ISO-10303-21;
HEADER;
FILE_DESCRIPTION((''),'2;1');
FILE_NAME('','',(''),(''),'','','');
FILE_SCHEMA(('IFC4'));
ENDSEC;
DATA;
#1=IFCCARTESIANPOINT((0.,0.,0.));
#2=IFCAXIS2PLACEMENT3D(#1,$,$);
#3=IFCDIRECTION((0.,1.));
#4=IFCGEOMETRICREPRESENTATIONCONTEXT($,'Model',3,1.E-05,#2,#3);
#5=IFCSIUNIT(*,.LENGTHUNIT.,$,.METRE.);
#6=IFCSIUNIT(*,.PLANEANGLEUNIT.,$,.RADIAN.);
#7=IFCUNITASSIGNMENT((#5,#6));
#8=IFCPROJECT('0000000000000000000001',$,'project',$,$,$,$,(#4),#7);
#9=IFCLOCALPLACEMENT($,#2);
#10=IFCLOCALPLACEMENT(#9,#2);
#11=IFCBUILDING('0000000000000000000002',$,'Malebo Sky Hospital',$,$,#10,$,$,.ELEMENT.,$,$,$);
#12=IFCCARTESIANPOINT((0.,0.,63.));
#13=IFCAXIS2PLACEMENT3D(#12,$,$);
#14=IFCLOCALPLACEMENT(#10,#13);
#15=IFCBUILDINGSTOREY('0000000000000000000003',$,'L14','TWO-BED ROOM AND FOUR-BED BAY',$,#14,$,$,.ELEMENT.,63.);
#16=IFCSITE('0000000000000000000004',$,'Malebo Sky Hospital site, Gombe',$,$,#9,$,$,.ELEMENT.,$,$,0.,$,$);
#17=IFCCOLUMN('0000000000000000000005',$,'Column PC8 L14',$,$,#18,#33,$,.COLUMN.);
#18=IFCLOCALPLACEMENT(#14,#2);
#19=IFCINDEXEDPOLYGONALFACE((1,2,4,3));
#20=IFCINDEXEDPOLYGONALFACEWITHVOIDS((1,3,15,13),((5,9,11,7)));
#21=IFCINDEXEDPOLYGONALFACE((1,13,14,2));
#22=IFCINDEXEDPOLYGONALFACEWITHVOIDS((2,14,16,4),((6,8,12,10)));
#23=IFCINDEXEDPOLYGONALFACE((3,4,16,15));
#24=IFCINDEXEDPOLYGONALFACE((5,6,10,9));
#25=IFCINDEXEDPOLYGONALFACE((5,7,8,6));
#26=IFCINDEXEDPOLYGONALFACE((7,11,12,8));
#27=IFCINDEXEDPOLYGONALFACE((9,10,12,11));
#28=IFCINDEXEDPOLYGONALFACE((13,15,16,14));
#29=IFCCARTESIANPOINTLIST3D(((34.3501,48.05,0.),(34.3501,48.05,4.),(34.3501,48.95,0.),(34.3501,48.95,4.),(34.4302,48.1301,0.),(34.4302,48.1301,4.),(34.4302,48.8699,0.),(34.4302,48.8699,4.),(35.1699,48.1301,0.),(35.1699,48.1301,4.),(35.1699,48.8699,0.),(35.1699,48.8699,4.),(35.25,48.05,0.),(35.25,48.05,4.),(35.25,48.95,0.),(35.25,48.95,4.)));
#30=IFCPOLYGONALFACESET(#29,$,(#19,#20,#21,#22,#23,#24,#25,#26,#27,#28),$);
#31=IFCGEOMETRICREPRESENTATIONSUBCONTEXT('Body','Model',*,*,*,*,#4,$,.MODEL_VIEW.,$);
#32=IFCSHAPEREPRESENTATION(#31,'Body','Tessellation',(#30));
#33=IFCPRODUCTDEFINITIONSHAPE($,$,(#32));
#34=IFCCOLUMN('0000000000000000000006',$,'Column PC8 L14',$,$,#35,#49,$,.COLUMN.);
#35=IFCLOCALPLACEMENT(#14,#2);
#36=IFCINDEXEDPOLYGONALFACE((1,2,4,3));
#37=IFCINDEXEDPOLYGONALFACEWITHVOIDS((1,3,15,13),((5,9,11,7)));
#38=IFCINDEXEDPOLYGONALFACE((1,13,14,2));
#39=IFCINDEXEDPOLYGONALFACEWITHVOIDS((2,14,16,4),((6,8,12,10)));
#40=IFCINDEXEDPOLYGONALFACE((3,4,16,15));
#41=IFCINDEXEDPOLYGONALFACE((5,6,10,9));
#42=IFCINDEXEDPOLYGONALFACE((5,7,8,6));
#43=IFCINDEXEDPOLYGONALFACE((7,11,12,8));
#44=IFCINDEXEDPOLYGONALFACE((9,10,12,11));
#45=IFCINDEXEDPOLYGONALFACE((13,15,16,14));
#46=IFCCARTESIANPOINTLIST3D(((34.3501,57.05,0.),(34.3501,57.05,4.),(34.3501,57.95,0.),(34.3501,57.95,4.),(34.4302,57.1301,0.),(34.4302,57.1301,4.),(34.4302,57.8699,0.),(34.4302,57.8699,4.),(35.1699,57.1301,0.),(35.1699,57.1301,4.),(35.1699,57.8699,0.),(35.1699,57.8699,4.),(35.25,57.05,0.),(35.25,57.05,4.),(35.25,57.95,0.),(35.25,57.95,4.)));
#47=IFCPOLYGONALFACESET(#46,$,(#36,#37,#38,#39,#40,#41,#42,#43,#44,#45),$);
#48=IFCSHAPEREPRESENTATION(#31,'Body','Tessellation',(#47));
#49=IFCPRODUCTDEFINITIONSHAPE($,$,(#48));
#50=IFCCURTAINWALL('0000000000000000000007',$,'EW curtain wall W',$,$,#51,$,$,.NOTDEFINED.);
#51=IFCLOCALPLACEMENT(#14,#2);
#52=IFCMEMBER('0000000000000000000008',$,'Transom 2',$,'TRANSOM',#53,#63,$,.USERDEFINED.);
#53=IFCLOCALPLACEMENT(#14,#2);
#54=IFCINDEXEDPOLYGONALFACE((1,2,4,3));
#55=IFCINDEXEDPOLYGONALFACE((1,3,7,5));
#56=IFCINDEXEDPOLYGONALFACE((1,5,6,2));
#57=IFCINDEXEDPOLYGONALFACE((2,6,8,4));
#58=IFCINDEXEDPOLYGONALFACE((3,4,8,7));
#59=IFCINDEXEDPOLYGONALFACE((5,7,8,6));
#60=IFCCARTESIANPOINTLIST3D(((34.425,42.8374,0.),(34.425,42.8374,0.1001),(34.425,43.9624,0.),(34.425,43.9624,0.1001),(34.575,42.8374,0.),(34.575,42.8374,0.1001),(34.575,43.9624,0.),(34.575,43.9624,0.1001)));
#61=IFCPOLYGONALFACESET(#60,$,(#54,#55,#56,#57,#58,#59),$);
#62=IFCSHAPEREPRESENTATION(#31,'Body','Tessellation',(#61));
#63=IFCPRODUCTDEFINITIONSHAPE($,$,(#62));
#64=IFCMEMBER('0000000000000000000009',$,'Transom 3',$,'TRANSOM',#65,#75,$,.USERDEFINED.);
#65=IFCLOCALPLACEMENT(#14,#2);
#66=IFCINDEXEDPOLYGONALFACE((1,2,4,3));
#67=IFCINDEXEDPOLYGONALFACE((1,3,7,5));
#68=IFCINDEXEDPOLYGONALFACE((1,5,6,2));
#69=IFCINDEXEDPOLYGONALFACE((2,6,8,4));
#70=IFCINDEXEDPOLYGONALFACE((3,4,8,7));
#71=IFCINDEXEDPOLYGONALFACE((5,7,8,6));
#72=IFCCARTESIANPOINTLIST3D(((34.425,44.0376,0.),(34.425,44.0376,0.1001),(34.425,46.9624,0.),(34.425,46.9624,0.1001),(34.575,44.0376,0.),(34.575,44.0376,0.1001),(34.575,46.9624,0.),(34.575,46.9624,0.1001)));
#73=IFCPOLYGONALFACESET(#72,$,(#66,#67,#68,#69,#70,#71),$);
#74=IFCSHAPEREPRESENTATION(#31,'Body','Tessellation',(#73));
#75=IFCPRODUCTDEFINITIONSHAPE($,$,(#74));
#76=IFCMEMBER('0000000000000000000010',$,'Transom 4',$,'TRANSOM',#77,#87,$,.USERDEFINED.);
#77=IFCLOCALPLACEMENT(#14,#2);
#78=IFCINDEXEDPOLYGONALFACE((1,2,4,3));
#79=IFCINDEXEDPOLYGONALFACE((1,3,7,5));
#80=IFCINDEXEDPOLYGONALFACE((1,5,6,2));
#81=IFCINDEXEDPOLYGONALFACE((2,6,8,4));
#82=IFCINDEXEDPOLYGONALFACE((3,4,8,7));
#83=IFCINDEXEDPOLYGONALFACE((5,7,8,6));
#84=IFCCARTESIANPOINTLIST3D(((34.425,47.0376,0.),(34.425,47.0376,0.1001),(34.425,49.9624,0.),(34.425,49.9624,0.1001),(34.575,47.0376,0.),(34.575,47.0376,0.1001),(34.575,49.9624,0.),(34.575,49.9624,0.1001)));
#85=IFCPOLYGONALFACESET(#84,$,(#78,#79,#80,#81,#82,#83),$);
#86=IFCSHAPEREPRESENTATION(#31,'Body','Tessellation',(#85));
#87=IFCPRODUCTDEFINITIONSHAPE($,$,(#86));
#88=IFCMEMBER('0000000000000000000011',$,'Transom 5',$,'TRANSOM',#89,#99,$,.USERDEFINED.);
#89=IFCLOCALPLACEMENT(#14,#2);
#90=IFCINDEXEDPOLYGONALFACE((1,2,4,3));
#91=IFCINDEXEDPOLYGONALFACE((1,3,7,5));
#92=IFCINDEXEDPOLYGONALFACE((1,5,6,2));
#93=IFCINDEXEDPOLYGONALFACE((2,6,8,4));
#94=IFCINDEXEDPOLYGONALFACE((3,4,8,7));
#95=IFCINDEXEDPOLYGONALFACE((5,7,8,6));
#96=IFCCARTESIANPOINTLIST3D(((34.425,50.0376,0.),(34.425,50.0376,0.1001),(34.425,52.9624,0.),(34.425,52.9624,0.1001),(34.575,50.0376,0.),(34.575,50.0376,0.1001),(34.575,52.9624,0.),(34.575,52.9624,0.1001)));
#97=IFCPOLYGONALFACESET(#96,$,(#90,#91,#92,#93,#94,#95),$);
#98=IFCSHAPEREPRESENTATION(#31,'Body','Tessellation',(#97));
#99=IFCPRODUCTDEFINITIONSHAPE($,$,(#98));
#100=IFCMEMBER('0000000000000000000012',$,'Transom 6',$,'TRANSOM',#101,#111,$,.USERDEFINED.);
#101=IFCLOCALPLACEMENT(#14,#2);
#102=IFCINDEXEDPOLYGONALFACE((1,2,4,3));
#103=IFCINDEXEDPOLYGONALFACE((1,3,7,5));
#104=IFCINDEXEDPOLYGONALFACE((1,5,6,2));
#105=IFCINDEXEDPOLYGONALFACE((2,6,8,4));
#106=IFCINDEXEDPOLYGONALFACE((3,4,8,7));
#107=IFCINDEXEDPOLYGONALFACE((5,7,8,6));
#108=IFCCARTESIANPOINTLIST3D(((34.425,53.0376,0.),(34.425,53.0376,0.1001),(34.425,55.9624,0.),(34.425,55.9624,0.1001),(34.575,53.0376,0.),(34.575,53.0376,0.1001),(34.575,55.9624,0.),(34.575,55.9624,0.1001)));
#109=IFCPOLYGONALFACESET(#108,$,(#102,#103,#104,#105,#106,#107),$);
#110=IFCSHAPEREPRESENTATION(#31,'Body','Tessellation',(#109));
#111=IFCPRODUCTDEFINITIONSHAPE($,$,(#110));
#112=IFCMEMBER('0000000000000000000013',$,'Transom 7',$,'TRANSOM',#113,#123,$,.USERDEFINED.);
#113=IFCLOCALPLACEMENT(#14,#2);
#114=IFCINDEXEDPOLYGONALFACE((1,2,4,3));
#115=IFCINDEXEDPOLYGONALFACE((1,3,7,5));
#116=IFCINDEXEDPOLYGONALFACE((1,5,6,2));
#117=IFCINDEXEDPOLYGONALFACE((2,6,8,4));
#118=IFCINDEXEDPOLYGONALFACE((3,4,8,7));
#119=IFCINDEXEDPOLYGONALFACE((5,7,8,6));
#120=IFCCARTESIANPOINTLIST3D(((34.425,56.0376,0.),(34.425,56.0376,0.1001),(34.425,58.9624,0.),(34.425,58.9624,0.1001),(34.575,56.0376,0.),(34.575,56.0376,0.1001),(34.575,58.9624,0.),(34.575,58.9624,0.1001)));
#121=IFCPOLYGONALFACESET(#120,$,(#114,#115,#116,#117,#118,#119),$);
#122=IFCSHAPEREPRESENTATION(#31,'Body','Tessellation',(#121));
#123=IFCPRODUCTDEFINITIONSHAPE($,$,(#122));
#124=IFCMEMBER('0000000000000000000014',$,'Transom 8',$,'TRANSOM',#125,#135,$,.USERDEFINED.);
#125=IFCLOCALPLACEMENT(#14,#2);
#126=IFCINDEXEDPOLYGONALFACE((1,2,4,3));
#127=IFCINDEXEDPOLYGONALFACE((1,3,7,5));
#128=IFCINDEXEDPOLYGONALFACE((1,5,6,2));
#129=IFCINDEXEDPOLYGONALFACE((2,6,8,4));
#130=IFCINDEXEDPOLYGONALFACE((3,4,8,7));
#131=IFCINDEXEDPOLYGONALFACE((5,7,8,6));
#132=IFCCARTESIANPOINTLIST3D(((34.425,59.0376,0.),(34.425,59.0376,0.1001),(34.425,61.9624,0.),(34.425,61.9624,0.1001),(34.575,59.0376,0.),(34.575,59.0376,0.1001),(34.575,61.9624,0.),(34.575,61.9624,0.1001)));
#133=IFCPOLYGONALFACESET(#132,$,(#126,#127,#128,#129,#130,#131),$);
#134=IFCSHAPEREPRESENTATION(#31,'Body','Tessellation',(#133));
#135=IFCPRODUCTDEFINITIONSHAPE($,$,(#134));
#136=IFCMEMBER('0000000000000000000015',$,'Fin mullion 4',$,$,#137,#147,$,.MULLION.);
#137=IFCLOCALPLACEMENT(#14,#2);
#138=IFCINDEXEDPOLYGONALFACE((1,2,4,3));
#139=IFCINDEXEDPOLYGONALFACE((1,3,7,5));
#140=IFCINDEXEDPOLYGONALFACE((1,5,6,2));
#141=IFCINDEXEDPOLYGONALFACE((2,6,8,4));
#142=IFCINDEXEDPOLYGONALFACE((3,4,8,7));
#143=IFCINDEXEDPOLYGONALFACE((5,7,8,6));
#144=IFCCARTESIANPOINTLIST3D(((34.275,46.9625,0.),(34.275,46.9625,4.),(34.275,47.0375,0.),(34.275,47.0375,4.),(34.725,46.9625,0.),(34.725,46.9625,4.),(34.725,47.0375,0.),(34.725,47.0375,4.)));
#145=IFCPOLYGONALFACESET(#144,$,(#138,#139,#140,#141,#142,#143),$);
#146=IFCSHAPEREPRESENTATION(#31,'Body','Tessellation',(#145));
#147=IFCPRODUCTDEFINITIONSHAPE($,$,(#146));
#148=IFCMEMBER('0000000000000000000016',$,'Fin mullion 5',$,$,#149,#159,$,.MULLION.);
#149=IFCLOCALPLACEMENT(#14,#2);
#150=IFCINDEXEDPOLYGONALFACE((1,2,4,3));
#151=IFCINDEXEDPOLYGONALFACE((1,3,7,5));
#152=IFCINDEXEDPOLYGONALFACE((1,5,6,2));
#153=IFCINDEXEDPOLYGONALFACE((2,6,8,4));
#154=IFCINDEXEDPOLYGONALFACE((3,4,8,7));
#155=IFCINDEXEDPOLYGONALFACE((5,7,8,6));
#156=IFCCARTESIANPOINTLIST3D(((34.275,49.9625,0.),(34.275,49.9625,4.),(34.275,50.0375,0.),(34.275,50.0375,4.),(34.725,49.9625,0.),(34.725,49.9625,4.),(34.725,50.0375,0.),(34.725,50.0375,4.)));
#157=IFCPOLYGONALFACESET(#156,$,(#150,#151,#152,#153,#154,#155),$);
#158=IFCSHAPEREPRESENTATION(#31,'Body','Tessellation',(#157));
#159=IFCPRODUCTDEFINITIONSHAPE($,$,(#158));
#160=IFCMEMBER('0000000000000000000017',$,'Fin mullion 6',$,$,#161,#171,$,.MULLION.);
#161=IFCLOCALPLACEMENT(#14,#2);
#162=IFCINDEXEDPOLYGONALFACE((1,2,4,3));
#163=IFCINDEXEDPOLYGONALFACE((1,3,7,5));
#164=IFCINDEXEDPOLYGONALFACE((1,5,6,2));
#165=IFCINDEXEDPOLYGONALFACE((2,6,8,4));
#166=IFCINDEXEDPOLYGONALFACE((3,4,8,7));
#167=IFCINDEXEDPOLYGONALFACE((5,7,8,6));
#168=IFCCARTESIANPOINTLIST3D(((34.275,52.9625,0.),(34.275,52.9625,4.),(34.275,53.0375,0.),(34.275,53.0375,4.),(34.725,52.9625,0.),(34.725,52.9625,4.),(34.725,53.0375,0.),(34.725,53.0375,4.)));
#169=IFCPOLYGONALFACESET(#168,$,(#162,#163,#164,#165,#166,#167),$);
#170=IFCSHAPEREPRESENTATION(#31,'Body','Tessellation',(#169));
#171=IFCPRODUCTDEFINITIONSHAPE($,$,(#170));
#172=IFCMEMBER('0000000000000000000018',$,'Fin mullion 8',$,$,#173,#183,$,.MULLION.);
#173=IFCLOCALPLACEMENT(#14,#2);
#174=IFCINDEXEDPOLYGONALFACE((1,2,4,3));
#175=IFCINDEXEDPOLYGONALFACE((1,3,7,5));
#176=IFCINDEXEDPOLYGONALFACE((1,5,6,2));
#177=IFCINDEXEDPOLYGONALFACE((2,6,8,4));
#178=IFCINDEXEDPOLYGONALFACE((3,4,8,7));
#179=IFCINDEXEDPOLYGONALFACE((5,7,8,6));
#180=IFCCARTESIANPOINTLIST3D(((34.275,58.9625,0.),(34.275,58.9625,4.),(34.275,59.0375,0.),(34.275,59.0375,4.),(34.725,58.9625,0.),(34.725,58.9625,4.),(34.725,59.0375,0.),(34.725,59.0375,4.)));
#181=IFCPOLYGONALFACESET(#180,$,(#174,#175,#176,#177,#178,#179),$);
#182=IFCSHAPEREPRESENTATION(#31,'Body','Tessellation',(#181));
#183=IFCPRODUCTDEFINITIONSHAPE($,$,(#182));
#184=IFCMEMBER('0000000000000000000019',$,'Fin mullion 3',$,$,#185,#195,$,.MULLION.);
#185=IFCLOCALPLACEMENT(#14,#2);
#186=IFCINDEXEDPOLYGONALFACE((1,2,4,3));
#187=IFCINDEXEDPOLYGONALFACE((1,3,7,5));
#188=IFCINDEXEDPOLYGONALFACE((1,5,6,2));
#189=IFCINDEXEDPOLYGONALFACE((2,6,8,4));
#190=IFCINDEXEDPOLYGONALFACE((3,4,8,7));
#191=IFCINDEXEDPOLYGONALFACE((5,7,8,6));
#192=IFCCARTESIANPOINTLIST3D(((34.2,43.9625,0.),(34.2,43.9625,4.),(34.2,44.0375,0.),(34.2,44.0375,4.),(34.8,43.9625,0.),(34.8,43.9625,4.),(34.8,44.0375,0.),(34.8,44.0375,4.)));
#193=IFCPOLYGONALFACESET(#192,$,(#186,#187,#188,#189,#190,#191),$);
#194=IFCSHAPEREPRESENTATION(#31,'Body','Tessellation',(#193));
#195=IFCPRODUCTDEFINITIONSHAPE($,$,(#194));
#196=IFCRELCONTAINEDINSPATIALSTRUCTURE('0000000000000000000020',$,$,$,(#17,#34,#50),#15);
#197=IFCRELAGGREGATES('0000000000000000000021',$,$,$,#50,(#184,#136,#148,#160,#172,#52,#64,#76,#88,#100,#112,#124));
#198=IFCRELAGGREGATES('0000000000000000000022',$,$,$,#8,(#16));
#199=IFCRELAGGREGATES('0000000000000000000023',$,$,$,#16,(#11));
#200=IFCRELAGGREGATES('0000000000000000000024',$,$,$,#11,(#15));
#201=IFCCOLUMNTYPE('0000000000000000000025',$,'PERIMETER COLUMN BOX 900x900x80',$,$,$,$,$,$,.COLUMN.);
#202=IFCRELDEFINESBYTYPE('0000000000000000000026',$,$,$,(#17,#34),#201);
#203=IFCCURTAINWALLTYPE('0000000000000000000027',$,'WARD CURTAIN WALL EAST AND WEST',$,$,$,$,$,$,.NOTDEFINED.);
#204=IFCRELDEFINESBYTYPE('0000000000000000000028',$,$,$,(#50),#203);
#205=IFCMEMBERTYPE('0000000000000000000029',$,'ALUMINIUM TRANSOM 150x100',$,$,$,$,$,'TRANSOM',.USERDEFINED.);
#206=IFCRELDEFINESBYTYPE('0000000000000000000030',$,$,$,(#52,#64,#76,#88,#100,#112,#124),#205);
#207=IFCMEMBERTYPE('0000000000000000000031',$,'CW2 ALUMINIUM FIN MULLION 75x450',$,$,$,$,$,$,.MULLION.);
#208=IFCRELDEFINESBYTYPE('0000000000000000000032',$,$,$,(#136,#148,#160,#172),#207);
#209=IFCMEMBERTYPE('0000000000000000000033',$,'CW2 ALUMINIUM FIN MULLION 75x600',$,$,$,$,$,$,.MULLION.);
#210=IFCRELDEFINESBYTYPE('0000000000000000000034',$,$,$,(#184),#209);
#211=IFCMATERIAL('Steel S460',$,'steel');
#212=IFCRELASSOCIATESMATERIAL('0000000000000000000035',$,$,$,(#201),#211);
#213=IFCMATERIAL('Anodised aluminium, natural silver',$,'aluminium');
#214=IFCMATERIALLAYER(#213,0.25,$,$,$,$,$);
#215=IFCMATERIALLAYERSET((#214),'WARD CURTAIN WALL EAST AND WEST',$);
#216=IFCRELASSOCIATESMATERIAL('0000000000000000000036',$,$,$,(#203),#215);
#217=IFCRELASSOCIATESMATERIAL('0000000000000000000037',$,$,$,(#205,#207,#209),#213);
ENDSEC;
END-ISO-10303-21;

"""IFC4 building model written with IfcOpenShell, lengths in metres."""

from ifc_helpers import new_model, si_unit, direction, frame, origin, origin_2d, place, context, subcontext, project, spatial, rectangle, hollow_rectangle, extrude, material, layer, layer_set, material_profile, profile_set, type_object, element, aggregate, save


model = new_model("IFC4")

# Units and contexts
model_context = context("Model", 3, precision=1e-05, world=origin(), true_north=direction((0.0, 1.0)))
body_context = subcontext(model_context, "Body", "Model", "MODEL_VIEW")
ifc_project = project(units=[si_unit("LENGTHUNIT", "METRE"), si_unit("PLANEANGLEUNIT", "RADIAN")], contexts=[model_context])

# Site, building, storey
site_placement = place(None, origin())
site = spatial("IfcSite", under=ifc_project, at=site_placement, Name="Malebo Sky Hospital site, Gombe", CompositionType="ELEMENT", RefElevation=0.0)
building_placement = place(site_placement, origin())
building = spatial("IfcBuilding", under=site, at=building_placement, Name="Malebo Sky Hospital", CompositionType="ELEMENT")
storey_placement = place(building_placement, frame((0.0, 0.0, 63.0)))
storey = spatial("IfcBuildingStorey", under=building, at=storey_placement, Name="L14", Description="TWO-BED ROOM AND FOUR-BED BAY", CompositionType="ELEMENT", Elevation=63.0)

# Columns
ifc_material_1 = material(Name="Steel S460", Category="steel")
ifc_material_profile_1 = material_profile(ifc_material_1, hollow_rectangle(XDim=0.8999, YDim=0.8999, WallThickness=0.0801, at=origin_2d()), Name="BOX 900x900x80")
ifc_profile_set_1 = profile_set([ifc_material_profile_1], Name="Steel S460")
column_type = type_object("IfcColumnType", Name="PERIMETER COLUMN BOX 900x900x80", PredefinedType="COLUMN", material=ifc_profile_set_1)
for number, where, z_axis, x_axis, name in (
    (1, (34.8, 48.5, 0.0), (0.0, 0.0, 1.0), (1.0, 0.0, 0.0), "Column PC8 L14"),
    (2, (34.8, 57.5, 0.0), (0.0, 0.0, 1.0), (1.0, 0.0, 0.0), "Column PC8 L14"),
):
    element("IfcColumn", number, at=place(storey_placement, frame(where, z_axis=z_axis, x_axis=x_axis)), inside=storey, type_object=column_type, Name=name, PredefinedType="COLUMN", context=body_context, shape_type="SweptSolid", body=[
        extrude(hollow_rectangle(XDim=0.8999, YDim=0.8999, WallThickness=0.0801, at=origin_2d()), origin(), (0.0, 0.0, 1.0), 4.0),
    ])

# Curtain wall, members
ifc_material_2 = material(Name="Anodised aluminium, natural silver", Category="aluminium")
ifc_layer_1 = layer(ifc_material_2, 0.25)
ifc_layer_set_1 = layer_set([ifc_layer_1], Name="WARD CURTAIN WALL EAST AND WEST")
curtain_wall_type = type_object("IfcCurtainWallType", Name="WARD CURTAIN WALL EAST AND WEST", PredefinedType="NOTDEFINED", material=ifc_layer_set_1)
curtain_wall_placement = place(storey_placement, origin())
curtain_wall = element("IfcCurtainWall", 3, at=curtain_wall_placement, inside=storey, type_object=curtain_wall_type, Name="EW curtain wall W", PredefinedType="NOTDEFINED")
ifc_material_profile_2 = material_profile(ifc_material_2, rectangle(XDim=0.1499, YDim=0.1001, at=origin_2d()), Name="ALUMINIUM TRANSOM 150x100")
ifc_profile_set_2 = profile_set([ifc_material_profile_2], Name="Anodised aluminium, natural silver")
member_type_1 = type_object("IfcMemberType", Name="ALUMINIUM TRANSOM 150x100", ElementType="TRANSOM", PredefinedType="USERDEFINED", material=ifc_profile_set_2)
member_1_placement = place(storey_placement, frame((34.5, 42.8374, 0.05), z_axis=(0.0, 1.0, 0.0), x_axis=(-1.0, 0.0, 0.0)))
member_1 = element("IfcMember", 4, at=member_1_placement, type_object=member_type_1, Name="Transom 2", ObjectType="TRANSOM", PredefinedType="USERDEFINED", context=body_context, shape_type="SweptSolid", body=[
    extrude(rectangle(XDim=0.1499, YDim=0.1001, at=origin_2d()), origin(), (0.0, 0.0, 1.0), 1.125),
])
member_2_placement = place(storey_placement, frame((34.5, 44.0376, 0.05), z_axis=(0.0, 1.0, 0.0), x_axis=(-1.0, 0.0, 0.0)))
member_2 = element("IfcMember", 5, at=member_2_placement, type_object=member_type_1, Name="Transom 3", ObjectType="TRANSOM", PredefinedType="USERDEFINED", context=body_context, shape_type="SweptSolid", body=[
    extrude(rectangle(XDim=0.1499, YDim=0.1001, at=origin_2d()), origin(), (0.0, 0.0, 1.0), 2.9248),
])
member_3_placement = place(storey_placement, frame((34.5, 47.0376, 0.05), z_axis=(0.0, 1.0, 0.0), x_axis=(-1.0, 0.0, 0.0)))
member_3 = element("IfcMember", 6, at=member_3_placement, type_object=member_type_1, Name="Transom 4", ObjectType="TRANSOM", PredefinedType="USERDEFINED", context=body_context, shape_type="SweptSolid", body=[
    extrude(rectangle(XDim=0.1499, YDim=0.1001, at=origin_2d()), origin(), (0.0, 0.0, 1.0), 2.9248),
])
member_4_placement = place(storey_placement, frame((34.5, 50.0376, 0.05), z_axis=(0.0, 1.0, 0.0), x_axis=(-1.0, 0.0, 0.0)))
member_4 = element("IfcMember", 7, at=member_4_placement, type_object=member_type_1, Name="Transom 5", ObjectType="TRANSOM", PredefinedType="USERDEFINED", context=body_context, shape_type="SweptSolid", body=[
    extrude(rectangle(XDim=0.1499, YDim=0.1001, at=origin_2d()), origin(), (0.0, 0.0, 1.0), 2.9248),
])
member_5_placement = place(storey_placement, frame((34.5, 53.0376, 0.05), z_axis=(0.0, 1.0, 0.0), x_axis=(-1.0, 0.0, 0.0)))
member_5 = element("IfcMember", 8, at=member_5_placement, type_object=member_type_1, Name="Transom 6", ObjectType="TRANSOM", PredefinedType="USERDEFINED", context=body_context, shape_type="SweptSolid", body=[
    extrude(rectangle(XDim=0.1499, YDim=0.1001, at=origin_2d()), origin(), (0.0, 0.0, 1.0), 2.9248),
])
member_6_placement = place(storey_placement, frame((34.5, 56.0376, 0.05), z_axis=(0.0, 1.0, 0.0), x_axis=(-1.0, 0.0, 0.0)))
member_6 = element("IfcMember", 9, at=member_6_placement, type_object=member_type_1, Name="Transom 7", ObjectType="TRANSOM", PredefinedType="USERDEFINED", context=body_context, shape_type="SweptSolid", body=[
    extrude(rectangle(XDim=0.1499, YDim=0.1001, at=origin_2d()), origin(), (0.0, 0.0, 1.0), 2.9248),
])
member_7_placement = place(storey_placement, frame((34.5, 59.0376, 0.05), z_axis=(0.0, 1.0, 0.0), x_axis=(-1.0, 0.0, 0.0)))
member_7 = element("IfcMember", 10, at=member_7_placement, type_object=member_type_1, Name="Transom 8", ObjectType="TRANSOM", PredefinedType="USERDEFINED", context=body_context, shape_type="SweptSolid", body=[
    extrude(rectangle(XDim=0.1499, YDim=0.1001, at=origin_2d()), origin(), (0.0, 0.0, 1.0), 2.9248),
])
ifc_material_profile_3 = material_profile(ifc_material_2, rectangle(XDim=0.075, YDim=0.45, at=origin_2d()), Name="CW2 ALUMINIUM FIN MULLION 75x450")
ifc_profile_set_3 = profile_set([ifc_material_profile_3], Name="Anodised aluminium, natural silver")
member_type_2 = type_object("IfcMemberType", Name="CW2 ALUMINIUM FIN MULLION 75x450", PredefinedType="MULLION", material=ifc_profile_set_3)
member_8_placement = place(storey_placement, frame((34.5, 47.0, 0.0), z_axis=(0.0, 0.0, 1.0), x_axis=(0.0, 1.0, 0.0)))
member_8 = element("IfcMember", 11, at=member_8_placement, type_object=member_type_2, Name="Fin mullion 4", PredefinedType="MULLION", context=body_context, shape_type="SweptSolid", body=[
    extrude(rectangle(XDim=0.075, YDim=0.45, at=origin_2d()), origin(), (0.0, 0.0, 1.0), 4.0),
])
member_9_placement = place(storey_placement, frame((34.5, 50.0, 0.0), z_axis=(0.0, 0.0, 1.0), x_axis=(0.0, 1.0, 0.0)))
member_9 = element("IfcMember", 12, at=member_9_placement, type_object=member_type_2, Name="Fin mullion 5", PredefinedType="MULLION", context=body_context, shape_type="SweptSolid", body=[
    extrude(rectangle(XDim=0.075, YDim=0.45, at=origin_2d()), origin(), (0.0, 0.0, 1.0), 4.0),
])
member_10_placement = place(storey_placement, frame((34.5, 53.0, 0.0), z_axis=(0.0, 0.0, 1.0), x_axis=(0.0, 1.0, 0.0)))
member_10 = element("IfcMember", 13, at=member_10_placement, type_object=member_type_2, Name="Fin mullion 6", PredefinedType="MULLION", context=body_context, shape_type="SweptSolid", body=[
    extrude(rectangle(XDim=0.075, YDim=0.45, at=origin_2d()), origin(), (0.0, 0.0, 1.0), 4.0),
])
member_11_placement = place(storey_placement, frame((34.5, 59.0, 0.0), z_axis=(0.0, 0.0, 1.0), x_axis=(0.0, 1.0, 0.0)))
member_11 = element("IfcMember", 14, at=member_11_placement, type_object=member_type_2, Name="Fin mullion 8", PredefinedType="MULLION", context=body_context, shape_type="SweptSolid", body=[
    extrude(rectangle(XDim=0.075, YDim=0.45, at=origin_2d()), origin(), (0.0, 0.0, 1.0), 4.0),
])
ifc_material_profile_4 = material_profile(ifc_material_2, rectangle(XDim=0.075, YDim=0.6001, at=origin_2d()), Name="CW2 ALUMINIUM FIN MULLION 75x600")
ifc_profile_set_4 = profile_set([ifc_material_profile_4], Name="Anodised aluminium, natural silver")
member_type_3 = type_object("IfcMemberType", Name="CW2 ALUMINIUM FIN MULLION 75x600", PredefinedType="MULLION", material=ifc_profile_set_4)
member_12_placement = place(storey_placement, frame((34.5, 44.0, 0.0), z_axis=(0.0, 0.0, 1.0), x_axis=(0.0, 1.0, 0.0)))
member_12 = element("IfcMember", 15, at=member_12_placement, type_object=member_type_3, Name="Fin mullion 3", PredefinedType="MULLION", context=body_context, shape_type="SweptSolid", body=[
    extrude(rectangle(XDim=0.075, YDim=0.6001, at=origin_2d()), origin(), (0.0, 0.0, 1.0), 4.0),
])

aggregate(curtain_wall, [member_12, member_8, member_9, member_10, member_11, member_1, member_2, member_3, member_4, member_5, member_6, member_7])

save(model, "model.ifc")
